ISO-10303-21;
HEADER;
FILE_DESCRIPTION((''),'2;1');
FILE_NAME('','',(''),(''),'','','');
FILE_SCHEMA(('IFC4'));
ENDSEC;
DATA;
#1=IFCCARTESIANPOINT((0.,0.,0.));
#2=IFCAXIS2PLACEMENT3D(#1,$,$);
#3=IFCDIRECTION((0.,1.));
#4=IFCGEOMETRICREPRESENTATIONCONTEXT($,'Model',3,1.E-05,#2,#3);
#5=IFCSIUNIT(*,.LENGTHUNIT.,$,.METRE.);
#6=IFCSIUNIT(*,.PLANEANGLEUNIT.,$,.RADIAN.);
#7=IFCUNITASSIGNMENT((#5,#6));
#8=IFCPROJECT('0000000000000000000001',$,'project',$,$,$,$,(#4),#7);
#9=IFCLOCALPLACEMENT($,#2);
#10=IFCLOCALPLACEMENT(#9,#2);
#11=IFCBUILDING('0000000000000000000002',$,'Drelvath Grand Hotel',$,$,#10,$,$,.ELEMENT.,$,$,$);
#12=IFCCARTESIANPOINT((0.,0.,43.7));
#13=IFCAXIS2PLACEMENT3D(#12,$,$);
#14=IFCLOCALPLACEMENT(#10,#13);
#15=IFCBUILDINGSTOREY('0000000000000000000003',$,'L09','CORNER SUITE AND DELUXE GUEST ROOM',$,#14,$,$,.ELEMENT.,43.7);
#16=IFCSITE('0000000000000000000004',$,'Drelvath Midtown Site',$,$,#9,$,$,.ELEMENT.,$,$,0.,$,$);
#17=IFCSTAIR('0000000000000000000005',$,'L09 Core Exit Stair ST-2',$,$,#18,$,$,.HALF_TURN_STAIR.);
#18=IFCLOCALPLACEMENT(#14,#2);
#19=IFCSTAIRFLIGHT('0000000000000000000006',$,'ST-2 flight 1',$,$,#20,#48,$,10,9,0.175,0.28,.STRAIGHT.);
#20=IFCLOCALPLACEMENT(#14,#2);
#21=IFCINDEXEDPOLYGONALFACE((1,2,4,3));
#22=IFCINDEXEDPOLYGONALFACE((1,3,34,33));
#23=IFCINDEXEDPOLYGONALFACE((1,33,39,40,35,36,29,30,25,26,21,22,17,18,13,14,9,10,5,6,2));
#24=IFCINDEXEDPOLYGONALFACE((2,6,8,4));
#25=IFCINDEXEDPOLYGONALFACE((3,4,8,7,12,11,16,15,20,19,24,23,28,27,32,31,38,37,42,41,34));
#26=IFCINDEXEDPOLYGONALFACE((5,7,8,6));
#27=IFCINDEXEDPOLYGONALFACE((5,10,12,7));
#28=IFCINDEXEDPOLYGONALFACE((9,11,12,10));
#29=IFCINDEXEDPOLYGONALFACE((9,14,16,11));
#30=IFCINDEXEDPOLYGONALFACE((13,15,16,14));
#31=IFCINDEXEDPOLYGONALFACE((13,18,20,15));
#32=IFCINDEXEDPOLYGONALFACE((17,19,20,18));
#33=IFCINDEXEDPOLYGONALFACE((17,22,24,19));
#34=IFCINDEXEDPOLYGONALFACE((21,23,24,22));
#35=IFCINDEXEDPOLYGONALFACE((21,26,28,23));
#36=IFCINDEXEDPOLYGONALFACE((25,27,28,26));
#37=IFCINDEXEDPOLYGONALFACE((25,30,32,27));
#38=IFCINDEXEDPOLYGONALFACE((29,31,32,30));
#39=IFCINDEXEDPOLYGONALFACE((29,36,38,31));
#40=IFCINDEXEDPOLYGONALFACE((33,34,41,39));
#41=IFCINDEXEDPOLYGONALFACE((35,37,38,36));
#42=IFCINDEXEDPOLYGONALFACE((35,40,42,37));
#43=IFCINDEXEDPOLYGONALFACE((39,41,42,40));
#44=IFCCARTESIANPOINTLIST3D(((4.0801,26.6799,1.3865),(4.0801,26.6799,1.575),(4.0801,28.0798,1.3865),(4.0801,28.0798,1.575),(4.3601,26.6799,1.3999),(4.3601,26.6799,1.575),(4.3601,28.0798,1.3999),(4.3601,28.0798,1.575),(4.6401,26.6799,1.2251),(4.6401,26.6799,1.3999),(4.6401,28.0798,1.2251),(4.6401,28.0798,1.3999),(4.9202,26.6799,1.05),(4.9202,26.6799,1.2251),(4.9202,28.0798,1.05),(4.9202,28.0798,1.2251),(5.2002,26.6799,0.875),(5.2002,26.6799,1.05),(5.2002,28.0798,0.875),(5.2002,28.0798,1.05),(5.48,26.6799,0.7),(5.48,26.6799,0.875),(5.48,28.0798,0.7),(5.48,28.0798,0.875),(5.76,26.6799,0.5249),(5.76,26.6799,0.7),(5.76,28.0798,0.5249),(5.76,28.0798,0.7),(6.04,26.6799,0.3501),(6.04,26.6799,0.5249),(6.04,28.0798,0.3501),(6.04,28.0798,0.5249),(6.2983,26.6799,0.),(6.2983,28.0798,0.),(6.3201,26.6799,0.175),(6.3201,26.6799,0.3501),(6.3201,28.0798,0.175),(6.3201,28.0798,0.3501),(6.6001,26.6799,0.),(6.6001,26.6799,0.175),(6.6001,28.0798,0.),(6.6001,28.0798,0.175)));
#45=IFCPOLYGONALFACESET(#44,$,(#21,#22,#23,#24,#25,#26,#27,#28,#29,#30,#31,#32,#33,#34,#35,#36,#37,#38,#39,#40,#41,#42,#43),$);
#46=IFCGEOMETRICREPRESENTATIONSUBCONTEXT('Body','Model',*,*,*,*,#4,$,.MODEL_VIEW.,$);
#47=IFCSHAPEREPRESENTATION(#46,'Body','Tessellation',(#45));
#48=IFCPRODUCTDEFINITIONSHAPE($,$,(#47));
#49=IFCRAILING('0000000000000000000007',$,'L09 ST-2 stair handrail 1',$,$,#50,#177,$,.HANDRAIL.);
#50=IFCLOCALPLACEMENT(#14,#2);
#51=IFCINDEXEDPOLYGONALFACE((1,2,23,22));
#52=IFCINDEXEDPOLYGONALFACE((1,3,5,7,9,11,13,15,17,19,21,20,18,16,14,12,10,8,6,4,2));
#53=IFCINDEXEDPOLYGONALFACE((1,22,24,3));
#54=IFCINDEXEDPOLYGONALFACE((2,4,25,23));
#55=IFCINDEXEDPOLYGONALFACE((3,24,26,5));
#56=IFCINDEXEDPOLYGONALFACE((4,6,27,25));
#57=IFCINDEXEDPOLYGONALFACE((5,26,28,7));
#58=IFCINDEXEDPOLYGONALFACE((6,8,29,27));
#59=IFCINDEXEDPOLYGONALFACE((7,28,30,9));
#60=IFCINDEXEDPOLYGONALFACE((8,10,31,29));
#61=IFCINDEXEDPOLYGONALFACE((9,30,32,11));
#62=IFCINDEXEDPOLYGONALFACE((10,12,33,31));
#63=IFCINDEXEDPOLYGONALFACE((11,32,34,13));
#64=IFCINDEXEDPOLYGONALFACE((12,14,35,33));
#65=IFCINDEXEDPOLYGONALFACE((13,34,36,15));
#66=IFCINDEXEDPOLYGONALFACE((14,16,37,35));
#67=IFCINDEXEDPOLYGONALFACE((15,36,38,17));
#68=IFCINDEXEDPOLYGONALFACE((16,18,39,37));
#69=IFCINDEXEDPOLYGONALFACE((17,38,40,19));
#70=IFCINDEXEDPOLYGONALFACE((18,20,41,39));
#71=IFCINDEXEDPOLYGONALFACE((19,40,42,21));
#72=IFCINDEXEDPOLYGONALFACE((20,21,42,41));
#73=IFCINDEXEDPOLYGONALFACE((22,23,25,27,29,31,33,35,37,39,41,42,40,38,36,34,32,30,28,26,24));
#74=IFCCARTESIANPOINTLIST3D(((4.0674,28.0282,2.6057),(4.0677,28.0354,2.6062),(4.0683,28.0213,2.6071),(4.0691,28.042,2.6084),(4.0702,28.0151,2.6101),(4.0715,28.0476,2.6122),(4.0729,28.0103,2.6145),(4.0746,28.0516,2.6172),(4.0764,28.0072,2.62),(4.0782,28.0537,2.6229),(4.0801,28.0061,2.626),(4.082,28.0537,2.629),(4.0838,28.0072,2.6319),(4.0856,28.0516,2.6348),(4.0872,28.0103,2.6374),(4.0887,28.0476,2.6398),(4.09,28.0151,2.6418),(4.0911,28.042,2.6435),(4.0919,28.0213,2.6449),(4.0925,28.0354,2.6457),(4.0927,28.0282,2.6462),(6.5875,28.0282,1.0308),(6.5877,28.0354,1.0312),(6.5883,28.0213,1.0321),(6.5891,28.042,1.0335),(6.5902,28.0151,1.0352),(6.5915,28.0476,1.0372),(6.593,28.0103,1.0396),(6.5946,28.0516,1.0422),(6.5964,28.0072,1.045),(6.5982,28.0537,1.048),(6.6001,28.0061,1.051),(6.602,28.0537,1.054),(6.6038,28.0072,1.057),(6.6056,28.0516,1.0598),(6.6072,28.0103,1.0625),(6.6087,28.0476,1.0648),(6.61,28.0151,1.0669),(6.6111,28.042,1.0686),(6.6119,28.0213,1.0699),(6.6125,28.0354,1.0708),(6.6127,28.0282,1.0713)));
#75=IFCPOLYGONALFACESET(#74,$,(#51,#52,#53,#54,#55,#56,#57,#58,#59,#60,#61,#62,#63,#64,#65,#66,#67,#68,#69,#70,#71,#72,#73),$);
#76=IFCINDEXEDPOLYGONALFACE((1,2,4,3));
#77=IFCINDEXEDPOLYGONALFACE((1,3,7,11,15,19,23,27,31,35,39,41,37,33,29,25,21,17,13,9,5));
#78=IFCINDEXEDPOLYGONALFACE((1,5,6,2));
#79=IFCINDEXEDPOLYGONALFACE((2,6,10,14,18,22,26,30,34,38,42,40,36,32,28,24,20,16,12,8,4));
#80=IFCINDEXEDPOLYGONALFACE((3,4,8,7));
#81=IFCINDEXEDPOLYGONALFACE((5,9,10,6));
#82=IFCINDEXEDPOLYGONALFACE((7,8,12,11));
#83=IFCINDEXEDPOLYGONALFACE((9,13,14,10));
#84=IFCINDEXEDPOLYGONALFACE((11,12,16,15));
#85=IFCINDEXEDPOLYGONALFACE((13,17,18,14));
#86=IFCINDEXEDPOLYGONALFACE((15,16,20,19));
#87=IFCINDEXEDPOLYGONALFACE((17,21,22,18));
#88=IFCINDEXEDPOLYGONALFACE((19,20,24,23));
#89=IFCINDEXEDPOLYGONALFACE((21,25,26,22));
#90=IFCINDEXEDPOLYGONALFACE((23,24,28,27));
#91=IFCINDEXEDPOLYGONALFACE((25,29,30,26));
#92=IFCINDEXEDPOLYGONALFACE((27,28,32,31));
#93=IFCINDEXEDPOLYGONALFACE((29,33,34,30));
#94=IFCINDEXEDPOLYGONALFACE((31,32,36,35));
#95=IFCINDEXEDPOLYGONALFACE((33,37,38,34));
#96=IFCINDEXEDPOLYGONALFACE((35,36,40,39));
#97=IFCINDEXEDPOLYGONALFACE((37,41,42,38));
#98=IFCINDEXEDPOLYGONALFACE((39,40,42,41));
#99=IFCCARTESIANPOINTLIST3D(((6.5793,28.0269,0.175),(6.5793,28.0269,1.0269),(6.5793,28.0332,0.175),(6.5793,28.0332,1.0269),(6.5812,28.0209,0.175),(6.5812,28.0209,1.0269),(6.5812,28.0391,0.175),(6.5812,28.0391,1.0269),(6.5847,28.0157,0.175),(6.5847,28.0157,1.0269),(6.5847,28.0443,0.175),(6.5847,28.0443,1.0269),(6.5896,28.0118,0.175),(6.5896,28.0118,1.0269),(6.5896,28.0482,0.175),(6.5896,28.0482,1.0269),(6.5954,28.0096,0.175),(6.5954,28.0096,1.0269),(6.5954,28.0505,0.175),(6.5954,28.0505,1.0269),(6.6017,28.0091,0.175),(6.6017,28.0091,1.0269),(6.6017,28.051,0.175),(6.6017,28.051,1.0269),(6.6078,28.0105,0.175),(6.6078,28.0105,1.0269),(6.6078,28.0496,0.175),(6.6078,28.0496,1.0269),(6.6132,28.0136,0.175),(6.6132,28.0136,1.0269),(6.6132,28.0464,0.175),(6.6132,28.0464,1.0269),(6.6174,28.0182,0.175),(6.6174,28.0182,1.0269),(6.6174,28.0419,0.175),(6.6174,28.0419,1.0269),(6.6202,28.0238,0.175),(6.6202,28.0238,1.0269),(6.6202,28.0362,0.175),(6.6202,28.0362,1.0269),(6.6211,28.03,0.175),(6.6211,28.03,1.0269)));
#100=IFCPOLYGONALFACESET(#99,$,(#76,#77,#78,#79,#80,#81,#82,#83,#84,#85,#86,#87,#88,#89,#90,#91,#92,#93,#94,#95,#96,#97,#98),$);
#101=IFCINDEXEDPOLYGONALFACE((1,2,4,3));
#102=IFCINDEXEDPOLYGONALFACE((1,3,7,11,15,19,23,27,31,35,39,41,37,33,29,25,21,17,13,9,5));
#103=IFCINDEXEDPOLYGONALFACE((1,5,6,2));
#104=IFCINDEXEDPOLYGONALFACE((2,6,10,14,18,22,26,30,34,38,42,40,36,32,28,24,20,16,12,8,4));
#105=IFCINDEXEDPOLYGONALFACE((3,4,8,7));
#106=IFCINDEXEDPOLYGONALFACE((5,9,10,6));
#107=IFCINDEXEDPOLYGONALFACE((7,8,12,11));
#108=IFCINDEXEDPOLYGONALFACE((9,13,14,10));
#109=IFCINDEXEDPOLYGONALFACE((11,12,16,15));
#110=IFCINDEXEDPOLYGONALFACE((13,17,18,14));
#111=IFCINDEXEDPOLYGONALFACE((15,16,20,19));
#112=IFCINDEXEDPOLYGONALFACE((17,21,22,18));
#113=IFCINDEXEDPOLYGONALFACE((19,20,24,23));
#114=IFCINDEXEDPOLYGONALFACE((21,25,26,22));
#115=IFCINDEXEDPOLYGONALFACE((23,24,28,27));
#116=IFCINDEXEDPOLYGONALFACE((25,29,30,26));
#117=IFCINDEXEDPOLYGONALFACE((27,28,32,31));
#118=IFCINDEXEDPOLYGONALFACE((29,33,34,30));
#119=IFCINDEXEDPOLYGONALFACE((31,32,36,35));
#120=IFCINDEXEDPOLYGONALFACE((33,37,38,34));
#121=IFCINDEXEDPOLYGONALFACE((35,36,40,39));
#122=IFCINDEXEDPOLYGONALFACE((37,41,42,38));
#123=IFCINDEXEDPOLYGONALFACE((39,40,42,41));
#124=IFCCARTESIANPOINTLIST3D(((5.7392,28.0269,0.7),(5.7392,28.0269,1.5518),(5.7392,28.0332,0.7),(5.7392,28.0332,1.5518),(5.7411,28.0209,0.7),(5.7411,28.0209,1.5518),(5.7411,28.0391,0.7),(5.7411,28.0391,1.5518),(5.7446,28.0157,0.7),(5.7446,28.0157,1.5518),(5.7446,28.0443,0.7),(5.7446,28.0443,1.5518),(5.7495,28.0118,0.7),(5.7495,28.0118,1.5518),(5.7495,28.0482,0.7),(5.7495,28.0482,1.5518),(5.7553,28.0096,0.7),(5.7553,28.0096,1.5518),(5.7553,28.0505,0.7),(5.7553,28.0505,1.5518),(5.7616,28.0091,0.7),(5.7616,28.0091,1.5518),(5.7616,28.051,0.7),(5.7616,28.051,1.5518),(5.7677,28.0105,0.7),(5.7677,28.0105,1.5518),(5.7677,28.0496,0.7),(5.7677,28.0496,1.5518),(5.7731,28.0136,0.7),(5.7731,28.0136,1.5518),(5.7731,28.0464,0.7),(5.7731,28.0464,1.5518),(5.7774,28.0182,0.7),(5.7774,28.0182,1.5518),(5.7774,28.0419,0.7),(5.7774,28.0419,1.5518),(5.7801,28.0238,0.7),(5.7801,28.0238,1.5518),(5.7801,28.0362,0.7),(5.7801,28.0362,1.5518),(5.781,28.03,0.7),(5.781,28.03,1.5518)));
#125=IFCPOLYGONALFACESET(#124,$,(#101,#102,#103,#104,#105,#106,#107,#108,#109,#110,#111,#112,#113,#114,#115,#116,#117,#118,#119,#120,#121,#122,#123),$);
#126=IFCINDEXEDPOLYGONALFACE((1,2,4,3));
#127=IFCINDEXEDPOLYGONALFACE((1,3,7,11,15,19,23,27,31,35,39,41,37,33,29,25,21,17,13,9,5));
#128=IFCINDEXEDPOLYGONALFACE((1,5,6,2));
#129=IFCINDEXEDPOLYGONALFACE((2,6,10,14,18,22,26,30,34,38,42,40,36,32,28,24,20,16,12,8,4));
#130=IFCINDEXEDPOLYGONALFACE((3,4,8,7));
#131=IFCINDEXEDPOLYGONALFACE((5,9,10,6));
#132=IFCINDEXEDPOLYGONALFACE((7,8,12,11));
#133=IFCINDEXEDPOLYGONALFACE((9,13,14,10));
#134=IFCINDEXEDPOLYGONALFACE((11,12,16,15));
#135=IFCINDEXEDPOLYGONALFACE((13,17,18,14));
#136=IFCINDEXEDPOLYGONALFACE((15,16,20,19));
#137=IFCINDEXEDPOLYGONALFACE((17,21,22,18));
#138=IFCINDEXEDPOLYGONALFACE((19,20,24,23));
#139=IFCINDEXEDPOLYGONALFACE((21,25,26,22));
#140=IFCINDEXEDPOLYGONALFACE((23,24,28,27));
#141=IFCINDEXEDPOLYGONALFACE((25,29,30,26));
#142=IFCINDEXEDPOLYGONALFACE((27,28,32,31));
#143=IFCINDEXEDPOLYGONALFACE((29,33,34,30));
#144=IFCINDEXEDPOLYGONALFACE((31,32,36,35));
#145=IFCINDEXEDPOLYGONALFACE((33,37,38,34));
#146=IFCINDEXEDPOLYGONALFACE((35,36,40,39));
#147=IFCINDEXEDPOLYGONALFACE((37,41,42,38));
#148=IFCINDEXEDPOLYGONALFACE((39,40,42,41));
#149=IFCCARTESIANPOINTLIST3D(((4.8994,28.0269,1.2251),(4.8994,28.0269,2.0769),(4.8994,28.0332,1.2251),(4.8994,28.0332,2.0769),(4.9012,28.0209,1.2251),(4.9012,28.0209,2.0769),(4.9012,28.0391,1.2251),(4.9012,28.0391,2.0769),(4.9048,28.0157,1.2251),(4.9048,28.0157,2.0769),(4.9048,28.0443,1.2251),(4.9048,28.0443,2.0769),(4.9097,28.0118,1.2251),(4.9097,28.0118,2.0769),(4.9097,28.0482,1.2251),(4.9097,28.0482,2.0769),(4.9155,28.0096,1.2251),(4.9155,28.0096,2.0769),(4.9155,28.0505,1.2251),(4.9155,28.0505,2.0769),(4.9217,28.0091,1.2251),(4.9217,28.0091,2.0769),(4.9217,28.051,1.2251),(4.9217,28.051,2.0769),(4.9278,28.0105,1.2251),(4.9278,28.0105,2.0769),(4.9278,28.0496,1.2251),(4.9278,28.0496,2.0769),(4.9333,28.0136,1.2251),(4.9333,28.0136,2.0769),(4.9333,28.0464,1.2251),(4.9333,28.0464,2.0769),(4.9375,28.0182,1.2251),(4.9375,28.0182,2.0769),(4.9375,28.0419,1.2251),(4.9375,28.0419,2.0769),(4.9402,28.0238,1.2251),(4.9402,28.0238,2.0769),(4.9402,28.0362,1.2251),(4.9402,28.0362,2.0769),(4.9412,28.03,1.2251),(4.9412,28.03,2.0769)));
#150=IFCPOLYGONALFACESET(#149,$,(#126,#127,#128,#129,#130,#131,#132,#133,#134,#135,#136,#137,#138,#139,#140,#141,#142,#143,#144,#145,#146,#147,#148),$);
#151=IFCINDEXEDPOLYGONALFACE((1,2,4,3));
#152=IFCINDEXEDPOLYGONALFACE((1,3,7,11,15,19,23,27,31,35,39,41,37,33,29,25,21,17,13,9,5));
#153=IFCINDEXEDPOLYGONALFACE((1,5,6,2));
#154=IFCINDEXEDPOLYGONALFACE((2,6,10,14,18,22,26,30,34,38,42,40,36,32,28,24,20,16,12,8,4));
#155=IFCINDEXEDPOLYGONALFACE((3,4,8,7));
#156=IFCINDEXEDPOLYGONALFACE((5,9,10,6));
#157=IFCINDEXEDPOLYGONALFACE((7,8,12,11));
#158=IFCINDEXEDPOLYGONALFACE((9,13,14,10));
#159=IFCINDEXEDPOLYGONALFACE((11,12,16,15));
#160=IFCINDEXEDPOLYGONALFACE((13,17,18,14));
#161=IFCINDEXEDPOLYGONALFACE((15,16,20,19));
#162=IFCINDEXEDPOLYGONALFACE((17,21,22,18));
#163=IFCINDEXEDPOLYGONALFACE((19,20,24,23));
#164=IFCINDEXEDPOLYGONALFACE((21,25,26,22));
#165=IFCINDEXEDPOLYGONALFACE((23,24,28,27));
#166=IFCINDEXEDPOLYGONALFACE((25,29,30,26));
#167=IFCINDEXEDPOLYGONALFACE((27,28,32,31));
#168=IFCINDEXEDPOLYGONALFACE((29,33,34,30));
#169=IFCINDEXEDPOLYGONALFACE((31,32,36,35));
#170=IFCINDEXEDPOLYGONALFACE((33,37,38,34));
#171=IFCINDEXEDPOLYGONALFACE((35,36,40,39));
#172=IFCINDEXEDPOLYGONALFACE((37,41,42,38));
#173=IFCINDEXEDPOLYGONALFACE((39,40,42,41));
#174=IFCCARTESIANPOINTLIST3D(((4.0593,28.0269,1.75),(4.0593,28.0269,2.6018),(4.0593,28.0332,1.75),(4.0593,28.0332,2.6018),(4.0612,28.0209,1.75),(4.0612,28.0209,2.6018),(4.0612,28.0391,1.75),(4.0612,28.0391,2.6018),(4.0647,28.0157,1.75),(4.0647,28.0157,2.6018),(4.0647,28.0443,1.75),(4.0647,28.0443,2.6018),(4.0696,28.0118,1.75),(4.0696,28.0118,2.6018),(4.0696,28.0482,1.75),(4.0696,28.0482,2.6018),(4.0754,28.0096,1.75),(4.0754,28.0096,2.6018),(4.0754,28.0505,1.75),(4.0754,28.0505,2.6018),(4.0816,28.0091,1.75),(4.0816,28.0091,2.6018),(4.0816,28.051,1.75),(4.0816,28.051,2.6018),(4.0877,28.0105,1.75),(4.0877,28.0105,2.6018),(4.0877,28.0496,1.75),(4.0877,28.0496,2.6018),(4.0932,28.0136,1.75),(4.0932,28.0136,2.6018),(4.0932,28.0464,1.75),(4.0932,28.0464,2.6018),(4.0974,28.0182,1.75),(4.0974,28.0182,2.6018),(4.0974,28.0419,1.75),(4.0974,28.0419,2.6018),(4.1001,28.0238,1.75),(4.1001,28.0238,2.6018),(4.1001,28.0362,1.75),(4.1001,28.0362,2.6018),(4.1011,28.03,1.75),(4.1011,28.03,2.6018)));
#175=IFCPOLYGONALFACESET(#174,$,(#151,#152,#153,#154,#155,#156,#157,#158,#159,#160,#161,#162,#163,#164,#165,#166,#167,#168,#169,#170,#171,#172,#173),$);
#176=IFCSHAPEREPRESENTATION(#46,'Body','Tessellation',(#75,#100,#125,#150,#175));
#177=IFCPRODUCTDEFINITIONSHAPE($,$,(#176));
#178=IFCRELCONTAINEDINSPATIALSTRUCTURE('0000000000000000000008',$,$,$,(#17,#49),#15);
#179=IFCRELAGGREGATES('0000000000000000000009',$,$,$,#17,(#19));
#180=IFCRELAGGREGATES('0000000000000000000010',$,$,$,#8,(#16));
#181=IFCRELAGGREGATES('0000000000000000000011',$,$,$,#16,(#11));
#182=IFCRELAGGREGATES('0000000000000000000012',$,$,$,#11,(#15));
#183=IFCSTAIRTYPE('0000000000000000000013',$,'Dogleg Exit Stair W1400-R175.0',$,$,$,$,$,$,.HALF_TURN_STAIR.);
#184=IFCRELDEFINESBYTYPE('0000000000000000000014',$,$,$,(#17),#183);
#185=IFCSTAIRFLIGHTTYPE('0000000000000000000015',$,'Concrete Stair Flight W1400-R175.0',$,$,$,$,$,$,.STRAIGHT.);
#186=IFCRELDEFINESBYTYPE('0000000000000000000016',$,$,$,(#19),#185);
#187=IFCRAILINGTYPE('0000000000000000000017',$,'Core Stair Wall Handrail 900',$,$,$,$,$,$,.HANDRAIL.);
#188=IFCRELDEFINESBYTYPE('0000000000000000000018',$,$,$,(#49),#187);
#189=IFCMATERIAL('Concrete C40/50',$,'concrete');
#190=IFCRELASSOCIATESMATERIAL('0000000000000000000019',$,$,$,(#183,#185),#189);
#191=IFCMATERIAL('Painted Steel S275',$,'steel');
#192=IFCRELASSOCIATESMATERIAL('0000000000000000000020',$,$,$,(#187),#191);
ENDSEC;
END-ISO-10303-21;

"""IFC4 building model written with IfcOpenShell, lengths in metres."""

from ifc_helpers import new_model, si_unit, direction, frame, origin, origin_2d, place, context, subcontext, project, spatial, polyline, circle, outline, extrude, material, type_object, element, aggregate, save


model = new_model("IFC4")

# Units and contexts
model_context = context("Model", 3, precision=1e-05, world=origin(), true_north=direction((0.0, 1.0)))
body_context = subcontext(model_context, "Body", "Model", "MODEL_VIEW")
ifc_project = project(units=[si_unit("LENGTHUNIT", "METRE"), si_unit("PLANEANGLEUNIT", "RADIAN")], contexts=[model_context])

# Site, building, storey
site_placement = place(None, origin())
site = spatial("IfcSite", under=ifc_project, at=site_placement, Name="Drelvath Midtown Site", CompositionType="ELEMENT", RefElevation=0.0)
building_placement = place(site_placement, origin())
building = spatial("IfcBuilding", under=site, at=building_placement, Name="Drelvath Grand Hotel", CompositionType="ELEMENT")
storey_placement = place(building_placement, frame((0.0, 0.0, 43.7)))
storey = spatial("IfcBuildingStorey", under=building, at=storey_placement, Name="L09", Description="CORNER SUITE AND DELUXE GUEST ROOM", CompositionType="ELEMENT", Elevation=43.7)

# Shared definitions
ifc_material_1 = material(Name="Concrete C40/50", Category="concrete")

# Shared definitions
ifc_material_2 = material(Name="Painted Steel S275", Category="steel")

# Stair, stair flight
stair_type = type_object("IfcStairType", Name="Dogleg Exit Stair W1400-R175.0", PredefinedType="HALF_TURN_STAIR", material=ifc_material_1)
stair_placement = place(storey_placement, origin())
stair = element("IfcStair", 1, at=stair_placement, inside=storey, type_object=stair_type, Name="L09 Core Exit Stair ST-2", PredefinedType="HALF_TURN_STAIR")
stair_flight_type = type_object("IfcStairFlightType", Name="Concrete Stair Flight W1400-R175.0", PredefinedType="STRAIGHT", material=ifc_material_1)
stair_flight_placement = place(storey_placement, frame((6.6001, 27.3799, 0.0), z_axis=(0.0, 0.0, 1.0), x_axis=(-1.0, 0.0, 0.0)))
stair_flight = element("IfcStairFlight", 2, at=stair_flight_placement, type_object=stair_flight_type, Name="ST-2 flight 1", NumberOfRisers=10, NumberOfTreads=9, PredefinedType="STRAIGHT", RiserHeight=0.175, TreadLength=0.28, context=body_context, shape_type="SweptSolid", body=[
    extrude(outline(polyline([(0.0, 0.0), (0.0, 0.175), (0.28, 0.175), (0.28, 0.3501), (0.5601, 0.3501), (0.5601, 0.5249), (0.8401, 0.5249), (0.8401, 0.7), (1.1201, 0.7), (1.1201, 0.875), (1.3999, 0.875), (1.3999, 1.05), (1.6799, 1.05), (1.6799, 1.2251), (1.96, 1.2251), (1.96, 1.3999), (2.24, 1.3999), (2.24, 1.575), (2.52, 1.575), (2.52, 1.75), (2.52, 1.3865), (0.3018, 0.0), (0.0, 0.0)])), frame((0.0, 0.7, 0.0), z_axis=(0.0, -1.0, 0.0), x_axis=(1.0, 0.0, 0.0)), (0.0, 0.0, 1.0), 1.3999),
])
aggregate(stair, [stair_flight])

# Railing
railing_type = type_object("IfcRailingType", Name="Core Stair Wall Handrail 900", PredefinedType="HANDRAIL", material=ifc_material_2)
railing_placement = place(storey_placement, frame((6.6001, 28.03, 0.175)))
element("IfcRailing", 3, at=railing_placement, inside=storey, type_object=railing_type, Name="L09 ST-2 stair handrail 1", PredefinedType="HANDRAIL", context=body_context, shape_type="SweptSolid", body=[
    extrude(circle(Radius=0.0239, at=origin_2d()), frame((0.0, 0.0, 0.876), z_axis=(-0.848008, 0.0, 0.529984), x_axis=(0.0, -1.0, 0.0)), (0.0, 0.0, 1.0), 2.9717),
    extrude(circle(Radius=0.021, at=origin_2d()), origin(), (0.0, 0.0, 1.0), 0.8518),
    extrude(circle(Radius=0.021, at=origin_2d()), frame((-0.8401, 0.0, 0.5249)), (0.0, 0.0, 1.0), 0.8518),
    extrude(circle(Radius=0.021, at=origin_2d()), frame((-1.6799, 0.0, 1.05)), (0.0, 0.0, 1.0), 0.8518),
    extrude(circle(Radius=0.021, at=origin_2d()), frame((-2.52, 0.0, 1.575)), (0.0, 0.0, 1.0), 0.8518),
])

save(model, "model.ifc")
